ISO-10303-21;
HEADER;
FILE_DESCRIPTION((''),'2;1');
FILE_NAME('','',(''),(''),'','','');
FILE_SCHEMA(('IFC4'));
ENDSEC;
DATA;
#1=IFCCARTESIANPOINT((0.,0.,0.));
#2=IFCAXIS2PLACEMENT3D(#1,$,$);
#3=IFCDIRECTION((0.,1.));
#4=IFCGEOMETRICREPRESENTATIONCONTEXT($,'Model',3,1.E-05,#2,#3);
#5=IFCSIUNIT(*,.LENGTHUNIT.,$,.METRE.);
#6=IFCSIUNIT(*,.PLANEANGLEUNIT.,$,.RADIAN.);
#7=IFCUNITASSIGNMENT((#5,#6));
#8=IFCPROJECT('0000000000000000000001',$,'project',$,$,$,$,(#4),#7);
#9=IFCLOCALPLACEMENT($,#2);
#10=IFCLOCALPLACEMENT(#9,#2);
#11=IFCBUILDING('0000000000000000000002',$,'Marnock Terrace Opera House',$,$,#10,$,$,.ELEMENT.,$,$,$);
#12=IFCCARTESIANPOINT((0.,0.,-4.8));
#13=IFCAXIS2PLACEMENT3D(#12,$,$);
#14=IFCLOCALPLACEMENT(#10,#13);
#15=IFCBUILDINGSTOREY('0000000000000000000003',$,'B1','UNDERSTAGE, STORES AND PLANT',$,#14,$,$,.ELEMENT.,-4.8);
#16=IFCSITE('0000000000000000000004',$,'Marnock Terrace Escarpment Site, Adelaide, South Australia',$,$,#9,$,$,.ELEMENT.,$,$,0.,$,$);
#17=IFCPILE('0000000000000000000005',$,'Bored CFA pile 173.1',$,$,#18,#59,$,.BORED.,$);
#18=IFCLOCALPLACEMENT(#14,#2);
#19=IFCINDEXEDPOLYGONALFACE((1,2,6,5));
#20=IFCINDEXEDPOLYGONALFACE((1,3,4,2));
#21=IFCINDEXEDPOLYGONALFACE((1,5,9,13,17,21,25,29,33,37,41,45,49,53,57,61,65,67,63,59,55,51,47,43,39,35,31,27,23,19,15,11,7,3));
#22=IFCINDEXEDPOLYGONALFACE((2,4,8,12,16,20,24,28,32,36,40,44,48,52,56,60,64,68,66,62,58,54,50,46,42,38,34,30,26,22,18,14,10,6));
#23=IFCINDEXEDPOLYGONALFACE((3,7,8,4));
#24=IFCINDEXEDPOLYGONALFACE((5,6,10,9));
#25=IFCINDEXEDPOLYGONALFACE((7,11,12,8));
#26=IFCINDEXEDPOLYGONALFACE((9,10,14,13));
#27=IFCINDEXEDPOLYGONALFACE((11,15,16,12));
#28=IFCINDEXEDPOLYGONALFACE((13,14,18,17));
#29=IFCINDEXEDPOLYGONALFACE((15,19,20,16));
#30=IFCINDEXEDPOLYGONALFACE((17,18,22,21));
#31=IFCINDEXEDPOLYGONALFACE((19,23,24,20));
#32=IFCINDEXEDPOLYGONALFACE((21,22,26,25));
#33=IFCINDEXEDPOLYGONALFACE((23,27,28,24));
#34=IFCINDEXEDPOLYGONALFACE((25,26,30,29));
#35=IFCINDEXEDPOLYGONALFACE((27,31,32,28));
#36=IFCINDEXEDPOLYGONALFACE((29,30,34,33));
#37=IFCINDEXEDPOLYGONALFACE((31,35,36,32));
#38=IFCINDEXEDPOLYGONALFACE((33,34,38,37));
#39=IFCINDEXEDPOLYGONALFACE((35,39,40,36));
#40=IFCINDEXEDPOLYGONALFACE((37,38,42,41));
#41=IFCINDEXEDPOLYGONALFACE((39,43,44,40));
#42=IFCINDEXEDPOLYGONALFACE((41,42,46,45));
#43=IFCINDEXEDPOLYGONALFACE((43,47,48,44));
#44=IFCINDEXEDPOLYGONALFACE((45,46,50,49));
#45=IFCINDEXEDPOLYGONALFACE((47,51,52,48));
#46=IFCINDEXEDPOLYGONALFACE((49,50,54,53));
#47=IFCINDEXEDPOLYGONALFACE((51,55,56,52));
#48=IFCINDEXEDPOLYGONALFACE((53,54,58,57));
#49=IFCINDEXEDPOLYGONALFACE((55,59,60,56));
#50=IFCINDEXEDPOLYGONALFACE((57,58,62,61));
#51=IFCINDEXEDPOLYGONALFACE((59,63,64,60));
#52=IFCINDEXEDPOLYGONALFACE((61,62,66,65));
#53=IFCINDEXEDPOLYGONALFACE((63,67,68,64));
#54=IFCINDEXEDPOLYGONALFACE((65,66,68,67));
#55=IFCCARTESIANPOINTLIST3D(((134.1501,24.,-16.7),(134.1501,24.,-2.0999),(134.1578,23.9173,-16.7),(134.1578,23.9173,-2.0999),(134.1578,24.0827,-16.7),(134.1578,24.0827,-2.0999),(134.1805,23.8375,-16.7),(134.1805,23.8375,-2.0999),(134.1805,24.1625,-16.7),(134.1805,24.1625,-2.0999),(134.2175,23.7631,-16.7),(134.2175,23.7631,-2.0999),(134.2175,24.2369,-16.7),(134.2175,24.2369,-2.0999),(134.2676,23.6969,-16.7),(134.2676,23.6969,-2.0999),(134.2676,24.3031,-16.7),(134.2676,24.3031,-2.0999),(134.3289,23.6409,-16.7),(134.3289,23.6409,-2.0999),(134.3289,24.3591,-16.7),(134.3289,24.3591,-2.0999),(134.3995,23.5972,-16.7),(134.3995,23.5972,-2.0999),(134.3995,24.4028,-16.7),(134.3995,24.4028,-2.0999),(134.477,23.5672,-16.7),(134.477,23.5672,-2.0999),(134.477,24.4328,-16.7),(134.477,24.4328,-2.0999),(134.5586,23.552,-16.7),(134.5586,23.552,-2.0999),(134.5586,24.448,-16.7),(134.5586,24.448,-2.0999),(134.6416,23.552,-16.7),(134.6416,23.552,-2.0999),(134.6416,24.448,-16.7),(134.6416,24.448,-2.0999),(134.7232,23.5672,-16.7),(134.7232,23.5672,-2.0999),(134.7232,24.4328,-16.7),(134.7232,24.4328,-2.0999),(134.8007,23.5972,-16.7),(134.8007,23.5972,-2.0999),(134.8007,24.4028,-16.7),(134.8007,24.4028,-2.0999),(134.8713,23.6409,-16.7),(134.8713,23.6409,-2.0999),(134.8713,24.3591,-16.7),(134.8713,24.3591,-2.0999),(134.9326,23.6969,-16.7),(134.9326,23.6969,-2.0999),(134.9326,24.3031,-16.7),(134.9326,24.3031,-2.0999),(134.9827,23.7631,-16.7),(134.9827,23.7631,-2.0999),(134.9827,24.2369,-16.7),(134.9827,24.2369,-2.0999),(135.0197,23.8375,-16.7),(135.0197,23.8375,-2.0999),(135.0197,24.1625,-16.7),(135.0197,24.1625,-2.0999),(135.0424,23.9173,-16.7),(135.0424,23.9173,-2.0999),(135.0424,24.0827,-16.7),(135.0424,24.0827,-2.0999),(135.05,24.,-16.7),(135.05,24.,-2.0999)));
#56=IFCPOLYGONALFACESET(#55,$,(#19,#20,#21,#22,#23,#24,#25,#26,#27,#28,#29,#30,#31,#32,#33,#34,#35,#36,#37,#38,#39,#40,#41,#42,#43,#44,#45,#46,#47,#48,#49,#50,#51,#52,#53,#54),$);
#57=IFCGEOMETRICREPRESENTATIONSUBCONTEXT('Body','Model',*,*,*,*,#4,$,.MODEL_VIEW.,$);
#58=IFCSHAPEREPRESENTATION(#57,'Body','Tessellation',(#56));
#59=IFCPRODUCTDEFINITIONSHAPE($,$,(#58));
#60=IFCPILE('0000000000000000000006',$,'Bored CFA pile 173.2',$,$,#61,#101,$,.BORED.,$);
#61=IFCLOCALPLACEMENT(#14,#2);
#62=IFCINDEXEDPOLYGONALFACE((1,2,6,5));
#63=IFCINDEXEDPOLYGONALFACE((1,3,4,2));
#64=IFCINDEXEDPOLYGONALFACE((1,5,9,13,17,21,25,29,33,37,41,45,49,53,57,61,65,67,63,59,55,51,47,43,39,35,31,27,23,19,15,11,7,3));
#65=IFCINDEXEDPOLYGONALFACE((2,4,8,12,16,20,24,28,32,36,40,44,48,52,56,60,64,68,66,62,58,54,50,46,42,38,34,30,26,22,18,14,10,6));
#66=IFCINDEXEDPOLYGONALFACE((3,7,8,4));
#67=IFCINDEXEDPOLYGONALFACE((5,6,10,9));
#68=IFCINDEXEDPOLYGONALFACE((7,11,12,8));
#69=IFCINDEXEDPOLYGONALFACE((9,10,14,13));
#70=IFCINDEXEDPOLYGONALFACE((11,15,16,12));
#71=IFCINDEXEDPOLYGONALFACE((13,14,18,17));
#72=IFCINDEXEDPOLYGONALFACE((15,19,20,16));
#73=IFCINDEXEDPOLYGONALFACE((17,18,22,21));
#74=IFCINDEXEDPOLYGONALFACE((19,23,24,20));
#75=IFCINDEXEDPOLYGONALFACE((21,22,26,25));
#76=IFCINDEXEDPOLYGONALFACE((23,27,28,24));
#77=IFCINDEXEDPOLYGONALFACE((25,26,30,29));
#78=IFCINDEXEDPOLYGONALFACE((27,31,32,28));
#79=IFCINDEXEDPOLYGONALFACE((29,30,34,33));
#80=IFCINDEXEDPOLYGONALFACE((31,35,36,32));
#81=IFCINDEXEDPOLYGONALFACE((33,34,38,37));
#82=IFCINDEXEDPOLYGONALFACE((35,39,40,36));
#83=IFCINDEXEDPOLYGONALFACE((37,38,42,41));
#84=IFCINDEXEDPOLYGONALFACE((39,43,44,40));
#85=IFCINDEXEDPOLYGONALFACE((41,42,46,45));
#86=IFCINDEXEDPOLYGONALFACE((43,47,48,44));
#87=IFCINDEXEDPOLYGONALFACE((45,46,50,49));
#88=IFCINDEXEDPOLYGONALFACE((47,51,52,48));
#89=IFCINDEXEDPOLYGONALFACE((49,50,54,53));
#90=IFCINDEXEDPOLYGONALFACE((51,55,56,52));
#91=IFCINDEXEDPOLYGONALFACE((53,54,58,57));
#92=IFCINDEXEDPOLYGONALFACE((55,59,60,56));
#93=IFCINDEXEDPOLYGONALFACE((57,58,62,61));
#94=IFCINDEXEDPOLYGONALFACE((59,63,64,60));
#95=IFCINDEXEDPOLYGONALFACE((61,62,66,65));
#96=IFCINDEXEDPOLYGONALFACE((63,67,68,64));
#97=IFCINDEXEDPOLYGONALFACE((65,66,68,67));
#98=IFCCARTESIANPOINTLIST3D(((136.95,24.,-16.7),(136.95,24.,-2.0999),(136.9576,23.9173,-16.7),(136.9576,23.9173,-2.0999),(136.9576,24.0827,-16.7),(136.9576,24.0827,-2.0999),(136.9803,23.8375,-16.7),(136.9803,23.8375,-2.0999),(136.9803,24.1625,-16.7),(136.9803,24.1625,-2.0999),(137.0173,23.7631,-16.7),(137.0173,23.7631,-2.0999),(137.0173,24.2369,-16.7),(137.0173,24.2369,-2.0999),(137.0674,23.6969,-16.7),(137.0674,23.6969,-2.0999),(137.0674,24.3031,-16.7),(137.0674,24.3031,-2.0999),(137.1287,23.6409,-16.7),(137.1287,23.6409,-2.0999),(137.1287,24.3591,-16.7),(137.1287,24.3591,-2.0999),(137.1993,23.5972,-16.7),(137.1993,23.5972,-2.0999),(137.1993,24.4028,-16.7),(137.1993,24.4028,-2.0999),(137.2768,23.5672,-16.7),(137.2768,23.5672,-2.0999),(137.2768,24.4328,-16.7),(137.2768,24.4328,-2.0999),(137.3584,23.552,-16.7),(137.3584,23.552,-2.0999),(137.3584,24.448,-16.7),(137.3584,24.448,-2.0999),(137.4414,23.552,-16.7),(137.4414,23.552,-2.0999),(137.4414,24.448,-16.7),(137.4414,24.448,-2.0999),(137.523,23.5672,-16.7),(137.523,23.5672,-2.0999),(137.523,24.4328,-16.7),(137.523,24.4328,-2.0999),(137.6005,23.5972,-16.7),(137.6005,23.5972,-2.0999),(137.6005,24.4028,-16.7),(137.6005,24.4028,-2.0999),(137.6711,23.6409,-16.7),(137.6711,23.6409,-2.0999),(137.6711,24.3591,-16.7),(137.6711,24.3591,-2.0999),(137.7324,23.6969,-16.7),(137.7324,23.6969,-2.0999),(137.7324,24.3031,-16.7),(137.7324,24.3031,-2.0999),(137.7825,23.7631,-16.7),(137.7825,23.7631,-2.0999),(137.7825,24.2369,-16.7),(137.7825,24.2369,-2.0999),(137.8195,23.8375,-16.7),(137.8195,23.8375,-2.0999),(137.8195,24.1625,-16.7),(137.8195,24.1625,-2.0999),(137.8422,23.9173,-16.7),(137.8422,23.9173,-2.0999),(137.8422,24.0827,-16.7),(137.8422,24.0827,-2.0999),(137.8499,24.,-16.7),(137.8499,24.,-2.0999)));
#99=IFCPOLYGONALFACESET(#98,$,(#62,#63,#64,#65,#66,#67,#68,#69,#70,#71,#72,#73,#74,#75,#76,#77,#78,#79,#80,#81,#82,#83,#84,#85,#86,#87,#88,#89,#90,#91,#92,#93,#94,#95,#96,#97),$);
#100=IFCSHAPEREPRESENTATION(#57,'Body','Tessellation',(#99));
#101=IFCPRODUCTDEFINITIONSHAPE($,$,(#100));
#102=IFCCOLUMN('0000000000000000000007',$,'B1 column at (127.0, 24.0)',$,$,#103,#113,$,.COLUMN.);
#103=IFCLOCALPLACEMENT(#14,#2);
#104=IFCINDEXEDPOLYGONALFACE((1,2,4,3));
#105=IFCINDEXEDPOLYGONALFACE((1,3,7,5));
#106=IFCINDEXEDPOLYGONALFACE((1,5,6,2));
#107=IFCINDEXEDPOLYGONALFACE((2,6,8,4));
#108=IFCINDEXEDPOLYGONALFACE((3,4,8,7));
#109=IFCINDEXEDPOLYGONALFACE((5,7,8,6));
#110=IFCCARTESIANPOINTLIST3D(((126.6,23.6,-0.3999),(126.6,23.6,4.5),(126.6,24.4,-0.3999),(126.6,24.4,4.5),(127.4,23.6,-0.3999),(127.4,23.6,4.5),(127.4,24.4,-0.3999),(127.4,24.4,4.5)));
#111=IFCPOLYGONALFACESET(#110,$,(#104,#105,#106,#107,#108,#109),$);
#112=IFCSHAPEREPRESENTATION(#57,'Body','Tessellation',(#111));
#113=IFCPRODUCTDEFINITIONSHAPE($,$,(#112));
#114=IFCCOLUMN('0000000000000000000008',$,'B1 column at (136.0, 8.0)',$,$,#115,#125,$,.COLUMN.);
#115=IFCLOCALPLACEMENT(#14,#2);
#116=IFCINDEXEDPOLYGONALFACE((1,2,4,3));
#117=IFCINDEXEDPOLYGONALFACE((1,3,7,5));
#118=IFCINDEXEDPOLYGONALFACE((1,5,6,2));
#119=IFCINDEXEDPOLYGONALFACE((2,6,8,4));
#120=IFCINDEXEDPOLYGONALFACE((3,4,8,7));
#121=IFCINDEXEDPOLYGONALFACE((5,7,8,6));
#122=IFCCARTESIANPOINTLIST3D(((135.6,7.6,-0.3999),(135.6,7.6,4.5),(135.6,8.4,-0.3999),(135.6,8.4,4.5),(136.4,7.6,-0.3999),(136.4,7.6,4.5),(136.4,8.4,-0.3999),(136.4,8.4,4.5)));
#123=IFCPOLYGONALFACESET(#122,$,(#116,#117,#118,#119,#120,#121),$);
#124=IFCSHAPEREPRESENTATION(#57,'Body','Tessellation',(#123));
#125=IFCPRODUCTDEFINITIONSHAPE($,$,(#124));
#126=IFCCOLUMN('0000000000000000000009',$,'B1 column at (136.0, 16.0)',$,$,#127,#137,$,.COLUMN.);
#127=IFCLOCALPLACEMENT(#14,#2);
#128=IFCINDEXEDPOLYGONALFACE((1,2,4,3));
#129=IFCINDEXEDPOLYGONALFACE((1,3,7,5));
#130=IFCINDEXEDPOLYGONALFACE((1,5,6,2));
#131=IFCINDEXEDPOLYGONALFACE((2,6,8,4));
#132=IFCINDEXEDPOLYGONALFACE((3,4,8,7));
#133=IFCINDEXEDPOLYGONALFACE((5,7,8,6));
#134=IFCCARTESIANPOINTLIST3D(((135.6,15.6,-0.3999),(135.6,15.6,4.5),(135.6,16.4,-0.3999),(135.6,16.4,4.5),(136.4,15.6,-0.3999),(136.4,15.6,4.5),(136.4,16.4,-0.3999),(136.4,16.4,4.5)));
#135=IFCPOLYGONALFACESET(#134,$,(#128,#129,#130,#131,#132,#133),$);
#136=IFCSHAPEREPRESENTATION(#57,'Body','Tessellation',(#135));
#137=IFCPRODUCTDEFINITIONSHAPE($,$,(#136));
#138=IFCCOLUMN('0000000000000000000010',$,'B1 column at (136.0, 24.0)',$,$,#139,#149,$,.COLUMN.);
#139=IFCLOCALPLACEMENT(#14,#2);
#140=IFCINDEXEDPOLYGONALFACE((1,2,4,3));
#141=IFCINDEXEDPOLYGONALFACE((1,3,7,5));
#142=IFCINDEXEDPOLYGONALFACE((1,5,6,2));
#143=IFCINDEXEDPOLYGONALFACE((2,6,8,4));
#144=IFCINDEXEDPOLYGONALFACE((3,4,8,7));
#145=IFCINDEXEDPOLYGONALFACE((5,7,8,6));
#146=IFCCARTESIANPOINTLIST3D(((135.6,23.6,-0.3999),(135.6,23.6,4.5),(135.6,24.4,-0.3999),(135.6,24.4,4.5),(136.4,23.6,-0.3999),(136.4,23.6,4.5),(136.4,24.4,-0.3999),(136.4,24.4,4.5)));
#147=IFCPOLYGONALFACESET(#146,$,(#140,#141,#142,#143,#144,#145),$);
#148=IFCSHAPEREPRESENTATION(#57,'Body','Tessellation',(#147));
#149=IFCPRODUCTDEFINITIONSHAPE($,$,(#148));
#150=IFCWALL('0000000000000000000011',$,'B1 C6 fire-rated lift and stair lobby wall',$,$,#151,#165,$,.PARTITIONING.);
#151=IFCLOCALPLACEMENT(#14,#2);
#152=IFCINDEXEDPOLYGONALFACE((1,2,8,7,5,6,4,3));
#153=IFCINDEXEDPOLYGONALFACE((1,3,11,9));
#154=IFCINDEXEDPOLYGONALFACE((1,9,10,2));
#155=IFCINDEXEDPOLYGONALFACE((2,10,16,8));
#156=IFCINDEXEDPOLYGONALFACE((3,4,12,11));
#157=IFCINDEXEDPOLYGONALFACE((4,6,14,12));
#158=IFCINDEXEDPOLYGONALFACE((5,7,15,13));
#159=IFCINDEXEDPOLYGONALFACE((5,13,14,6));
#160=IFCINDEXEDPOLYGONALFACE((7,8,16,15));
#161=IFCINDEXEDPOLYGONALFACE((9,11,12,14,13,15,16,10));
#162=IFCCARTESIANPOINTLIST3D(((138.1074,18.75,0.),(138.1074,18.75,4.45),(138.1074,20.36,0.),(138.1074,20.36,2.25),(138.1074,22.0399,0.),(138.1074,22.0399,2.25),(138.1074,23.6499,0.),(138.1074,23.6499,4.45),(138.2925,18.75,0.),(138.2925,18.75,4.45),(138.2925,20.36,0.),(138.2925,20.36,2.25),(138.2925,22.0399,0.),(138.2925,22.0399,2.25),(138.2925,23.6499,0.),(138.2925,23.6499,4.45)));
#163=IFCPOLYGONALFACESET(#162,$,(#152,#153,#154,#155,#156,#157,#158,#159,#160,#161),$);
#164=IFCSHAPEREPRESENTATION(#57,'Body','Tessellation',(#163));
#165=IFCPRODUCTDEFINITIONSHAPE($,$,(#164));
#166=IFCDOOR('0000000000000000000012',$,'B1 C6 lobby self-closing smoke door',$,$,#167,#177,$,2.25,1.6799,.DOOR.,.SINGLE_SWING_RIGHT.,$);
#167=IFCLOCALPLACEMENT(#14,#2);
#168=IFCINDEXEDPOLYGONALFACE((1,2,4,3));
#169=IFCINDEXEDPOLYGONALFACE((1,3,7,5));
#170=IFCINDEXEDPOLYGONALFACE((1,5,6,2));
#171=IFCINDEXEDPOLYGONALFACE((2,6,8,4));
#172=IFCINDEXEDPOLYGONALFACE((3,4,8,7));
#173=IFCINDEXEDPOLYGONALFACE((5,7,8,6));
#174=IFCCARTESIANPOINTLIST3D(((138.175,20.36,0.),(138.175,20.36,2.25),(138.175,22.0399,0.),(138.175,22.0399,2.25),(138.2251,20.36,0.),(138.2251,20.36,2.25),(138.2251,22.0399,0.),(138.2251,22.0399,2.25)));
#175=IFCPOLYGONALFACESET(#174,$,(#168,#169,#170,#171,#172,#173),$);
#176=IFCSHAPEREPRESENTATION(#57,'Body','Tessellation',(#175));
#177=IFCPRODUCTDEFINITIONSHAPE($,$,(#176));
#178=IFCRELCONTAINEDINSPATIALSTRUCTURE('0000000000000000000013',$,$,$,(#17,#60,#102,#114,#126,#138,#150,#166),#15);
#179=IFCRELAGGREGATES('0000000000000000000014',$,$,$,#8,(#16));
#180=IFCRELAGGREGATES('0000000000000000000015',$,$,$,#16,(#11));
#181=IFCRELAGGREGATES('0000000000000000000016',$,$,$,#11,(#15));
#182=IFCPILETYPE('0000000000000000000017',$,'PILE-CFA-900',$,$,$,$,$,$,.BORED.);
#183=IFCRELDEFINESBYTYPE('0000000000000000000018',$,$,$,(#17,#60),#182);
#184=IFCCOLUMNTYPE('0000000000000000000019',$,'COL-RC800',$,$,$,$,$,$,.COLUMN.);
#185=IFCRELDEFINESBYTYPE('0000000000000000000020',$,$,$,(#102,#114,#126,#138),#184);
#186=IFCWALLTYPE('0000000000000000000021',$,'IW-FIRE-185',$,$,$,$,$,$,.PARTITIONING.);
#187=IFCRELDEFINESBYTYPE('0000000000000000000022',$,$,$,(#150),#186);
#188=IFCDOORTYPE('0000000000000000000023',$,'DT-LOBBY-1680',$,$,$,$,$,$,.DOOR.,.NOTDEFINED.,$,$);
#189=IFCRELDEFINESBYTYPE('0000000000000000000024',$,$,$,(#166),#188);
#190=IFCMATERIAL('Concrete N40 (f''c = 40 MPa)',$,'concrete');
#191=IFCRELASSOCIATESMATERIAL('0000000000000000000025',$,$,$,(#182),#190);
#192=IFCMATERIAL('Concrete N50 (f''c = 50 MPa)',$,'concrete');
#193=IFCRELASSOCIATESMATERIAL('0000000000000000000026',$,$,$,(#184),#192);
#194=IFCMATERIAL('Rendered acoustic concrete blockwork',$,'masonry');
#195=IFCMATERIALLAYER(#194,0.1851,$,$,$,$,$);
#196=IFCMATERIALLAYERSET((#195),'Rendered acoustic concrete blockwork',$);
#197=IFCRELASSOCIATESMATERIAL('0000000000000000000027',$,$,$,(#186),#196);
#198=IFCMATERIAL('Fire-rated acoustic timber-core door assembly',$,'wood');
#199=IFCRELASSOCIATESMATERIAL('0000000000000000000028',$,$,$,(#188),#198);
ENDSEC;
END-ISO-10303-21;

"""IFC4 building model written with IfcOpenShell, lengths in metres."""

from ifc_helpers import new_model, si_unit, direction, frame, frame_2d, origin, origin_2d, place, context, subcontext, project, spatial, rectangle, circle, extrude, material, layer, layer_set, material_profile, profile_set, type_object, element, fill, save


model = new_model("IFC4")

# Units and contexts
model_context = context("Model", 3, precision=1e-05, world=origin(), true_north=direction((0.0, 1.0)))
body_context = subcontext(model_context, "Body", "Model", "MODEL_VIEW")
ifc_project = project(units=[si_unit("LENGTHUNIT", "METRE"), si_unit("PLANEANGLEUNIT", "RADIAN")], contexts=[model_context])

# Site, building, storey
site_placement = place(None, origin())
site = spatial("IfcSite", under=ifc_project, at=site_placement, Name="Marnock Terrace Escarpment Site, Adelaide, South Australia", CompositionType="ELEMENT", RefElevation=0.0)
building_placement = place(site_placement, origin())
building = spatial("IfcBuilding", under=site, at=building_placement, Name="Marnock Terrace Opera House", CompositionType="ELEMENT")
storey_placement = place(building_placement, frame((0.0, 0.0, -4.8)))
storey = spatial("IfcBuildingStorey", under=building, at=storey_placement, Name="B1", Description="UNDERSTAGE, STORES AND PLANT", CompositionType="ELEMENT", Elevation=-4.8)

# Shared definitions
ifc_material_1 = material(Name="Concrete N40 (f'c = 40 MPa)", Category="concrete")

# Piles
ifc_material_profile_1 = material_profile(ifc_material_1, circle(Radius=0.45, at=origin_2d()))
ifc_profile_set_1 = profile_set([ifc_material_profile_1], Name="Concrete N40 (f'c = 40 MPa)")
pile_type = type_object("IfcPileType", Name="PILE-CFA-900", PredefinedType="BORED", material=ifc_profile_set_1)
for number, where, z_axis, x_axis, name in (
    (1, (134.6001, 24.0, -2.0999), (0.0, 0.0, -1.0), (1.0, 0.0, 0.0), "Bored CFA pile 173.1"),
    (2, (137.3999, 24.0, -2.0999), (0.0, 0.0, -1.0), (1.0, 0.0, 0.0), "Bored CFA pile 173.2"),
):
    element("IfcPile", number, at=place(storey_placement, frame(where, z_axis=z_axis, x_axis=x_axis)), inside=storey, type_object=pile_type, Name=name, PredefinedType="BORED", context=body_context, shape_type="SweptSolid", body=[
        extrude(circle(Radius=0.45, at=origin_2d()), origin(), (0.0, 0.0, 1.0), 14.6001),
    ])

# Columns
ifc_material_2 = material(Name="Concrete N50 (f'c = 50 MPa)", Category="concrete")
ifc_material_profile_2 = material_profile(ifc_material_2, rectangle(XDim=0.8, YDim=0.8, at=origin_2d()))
ifc_profile_set_2 = profile_set([ifc_material_profile_2], Name="Concrete N50 (f'c = 50 MPa)")
column_type = type_object("IfcColumnType", Name="COL-RC800", PredefinedType="COLUMN", material=ifc_profile_set_2)
for number, where, z_axis, x_axis, name in (
    (3, (127.0, 24.0, -0.3999), (0.0, 0.0, 1.0), (1.0, 0.0, 0.0), "B1 column at (127.0, 24.0)"),
    (4, (136.0, 8.0, -0.3999), (0.0, 0.0, 1.0), (1.0, 0.0, 0.0), "B1 column at (136.0, 8.0)"),
    (5, (136.0, 16.0, -0.3999), (0.0, 0.0, 1.0), (1.0, 0.0, 0.0), "B1 column at (136.0, 16.0)"),
    (6, (136.0, 24.0, -0.3999), (0.0, 0.0, 1.0), (1.0, 0.0, 0.0), "B1 column at (136.0, 24.0)"),
):
    element("IfcColumn", number, at=place(storey_placement, frame(where, z_axis=z_axis, x_axis=x_axis)), inside=storey, type_object=column_type, Name=name, PredefinedType="COLUMN", context=body_context, shape_type="SweptSolid", body=[
        extrude(rectangle(XDim=0.8, YDim=0.8, at=origin_2d()), origin(), (0.0, 0.0, 1.0), 4.8999),
    ])

# Wall, opening, door
ifc_material_3 = material(Name="Rendered acoustic concrete blockwork", Category="masonry")
ifc_layer_1 = layer(ifc_material_3, 0.1851)
ifc_layer_set_1 = layer_set([ifc_layer_1], Name="Rendered acoustic concrete blockwork")
wall_type_1 = type_object("IfcWallType", Name="IW-FIRE-185", PredefinedType="PARTITIONING", material=ifc_layer_set_1)
wall_1_placement = place(storey_placement, frame((138.2, 18.75, 0.0), z_axis=(0.0, 0.0, 1.0), x_axis=(0.0, 1.0, 0.0)))
wall_1 = element("IfcWall", 7, at=wall_1_placement, inside=storey, type_object=wall_type_1, Name="B1 C6 fire-rated lift and stair lobby wall", PredefinedType="PARTITIONING", context=body_context, shape_type="SweptSolid", body=[
    extrude(rectangle(XDim=4.8999, YDim=0.1851, at=frame_2d((2.45, 0.0))), origin(), (0.0, 0.0, 1.0), 4.45),
])
opening_1_placement = place(wall_1_placement, frame((1.6101, 0.0, 0.0)))
opening_1 = element("IfcOpeningElement", 8, at=opening_1_placement, cuts=wall_1, PredefinedType="OPENING", context=body_context, shape_type="SweptSolid", body=[
    extrude(rectangle(XDim=1.6799, YDim=2.25, at=frame_2d((0.8398, 1.125))), frame((0.0, 0.1025, 0.0), z_axis=(0.0, -1.0, 0.0), x_axis=(1.0, 0.0, 0.0)), (0.0, 0.0, 1.0), 0.2051),
])
ifc_material_4 = material(Name="Fire-rated acoustic timber-core door assembly", Category="wood")
door_type_1 = type_object("IfcDoorType", Name="DT-LOBBY-1680", OperationType="NOTDEFINED", PredefinedType="DOOR", material=ifc_material_4)
door_1_placement = place(opening_1_placement, origin())
door_1 = element("IfcDoor", 9, at=door_1_placement, inside=storey, type_object=door_type_1, Name="B1 C6 lobby self-closing smoke door", OperationType="SINGLE_SWING_RIGHT", OverallHeight=2.25, OverallWidth=1.6799, PredefinedType="DOOR", context=body_context, shape_type="SweptSolid", body=[
    extrude(rectangle(XDim=1.6799, YDim=2.25, at=frame_2d((0.8398, 1.125))), frame((0.0, 0.0249, 0.0), z_axis=(0.0, -1.0, 0.0), x_axis=(1.0, 0.0, 0.0)), (0.0, 0.0, 1.0), 0.05),
])
fill(opening_1, door_1)

save(model, "model.ifc")
